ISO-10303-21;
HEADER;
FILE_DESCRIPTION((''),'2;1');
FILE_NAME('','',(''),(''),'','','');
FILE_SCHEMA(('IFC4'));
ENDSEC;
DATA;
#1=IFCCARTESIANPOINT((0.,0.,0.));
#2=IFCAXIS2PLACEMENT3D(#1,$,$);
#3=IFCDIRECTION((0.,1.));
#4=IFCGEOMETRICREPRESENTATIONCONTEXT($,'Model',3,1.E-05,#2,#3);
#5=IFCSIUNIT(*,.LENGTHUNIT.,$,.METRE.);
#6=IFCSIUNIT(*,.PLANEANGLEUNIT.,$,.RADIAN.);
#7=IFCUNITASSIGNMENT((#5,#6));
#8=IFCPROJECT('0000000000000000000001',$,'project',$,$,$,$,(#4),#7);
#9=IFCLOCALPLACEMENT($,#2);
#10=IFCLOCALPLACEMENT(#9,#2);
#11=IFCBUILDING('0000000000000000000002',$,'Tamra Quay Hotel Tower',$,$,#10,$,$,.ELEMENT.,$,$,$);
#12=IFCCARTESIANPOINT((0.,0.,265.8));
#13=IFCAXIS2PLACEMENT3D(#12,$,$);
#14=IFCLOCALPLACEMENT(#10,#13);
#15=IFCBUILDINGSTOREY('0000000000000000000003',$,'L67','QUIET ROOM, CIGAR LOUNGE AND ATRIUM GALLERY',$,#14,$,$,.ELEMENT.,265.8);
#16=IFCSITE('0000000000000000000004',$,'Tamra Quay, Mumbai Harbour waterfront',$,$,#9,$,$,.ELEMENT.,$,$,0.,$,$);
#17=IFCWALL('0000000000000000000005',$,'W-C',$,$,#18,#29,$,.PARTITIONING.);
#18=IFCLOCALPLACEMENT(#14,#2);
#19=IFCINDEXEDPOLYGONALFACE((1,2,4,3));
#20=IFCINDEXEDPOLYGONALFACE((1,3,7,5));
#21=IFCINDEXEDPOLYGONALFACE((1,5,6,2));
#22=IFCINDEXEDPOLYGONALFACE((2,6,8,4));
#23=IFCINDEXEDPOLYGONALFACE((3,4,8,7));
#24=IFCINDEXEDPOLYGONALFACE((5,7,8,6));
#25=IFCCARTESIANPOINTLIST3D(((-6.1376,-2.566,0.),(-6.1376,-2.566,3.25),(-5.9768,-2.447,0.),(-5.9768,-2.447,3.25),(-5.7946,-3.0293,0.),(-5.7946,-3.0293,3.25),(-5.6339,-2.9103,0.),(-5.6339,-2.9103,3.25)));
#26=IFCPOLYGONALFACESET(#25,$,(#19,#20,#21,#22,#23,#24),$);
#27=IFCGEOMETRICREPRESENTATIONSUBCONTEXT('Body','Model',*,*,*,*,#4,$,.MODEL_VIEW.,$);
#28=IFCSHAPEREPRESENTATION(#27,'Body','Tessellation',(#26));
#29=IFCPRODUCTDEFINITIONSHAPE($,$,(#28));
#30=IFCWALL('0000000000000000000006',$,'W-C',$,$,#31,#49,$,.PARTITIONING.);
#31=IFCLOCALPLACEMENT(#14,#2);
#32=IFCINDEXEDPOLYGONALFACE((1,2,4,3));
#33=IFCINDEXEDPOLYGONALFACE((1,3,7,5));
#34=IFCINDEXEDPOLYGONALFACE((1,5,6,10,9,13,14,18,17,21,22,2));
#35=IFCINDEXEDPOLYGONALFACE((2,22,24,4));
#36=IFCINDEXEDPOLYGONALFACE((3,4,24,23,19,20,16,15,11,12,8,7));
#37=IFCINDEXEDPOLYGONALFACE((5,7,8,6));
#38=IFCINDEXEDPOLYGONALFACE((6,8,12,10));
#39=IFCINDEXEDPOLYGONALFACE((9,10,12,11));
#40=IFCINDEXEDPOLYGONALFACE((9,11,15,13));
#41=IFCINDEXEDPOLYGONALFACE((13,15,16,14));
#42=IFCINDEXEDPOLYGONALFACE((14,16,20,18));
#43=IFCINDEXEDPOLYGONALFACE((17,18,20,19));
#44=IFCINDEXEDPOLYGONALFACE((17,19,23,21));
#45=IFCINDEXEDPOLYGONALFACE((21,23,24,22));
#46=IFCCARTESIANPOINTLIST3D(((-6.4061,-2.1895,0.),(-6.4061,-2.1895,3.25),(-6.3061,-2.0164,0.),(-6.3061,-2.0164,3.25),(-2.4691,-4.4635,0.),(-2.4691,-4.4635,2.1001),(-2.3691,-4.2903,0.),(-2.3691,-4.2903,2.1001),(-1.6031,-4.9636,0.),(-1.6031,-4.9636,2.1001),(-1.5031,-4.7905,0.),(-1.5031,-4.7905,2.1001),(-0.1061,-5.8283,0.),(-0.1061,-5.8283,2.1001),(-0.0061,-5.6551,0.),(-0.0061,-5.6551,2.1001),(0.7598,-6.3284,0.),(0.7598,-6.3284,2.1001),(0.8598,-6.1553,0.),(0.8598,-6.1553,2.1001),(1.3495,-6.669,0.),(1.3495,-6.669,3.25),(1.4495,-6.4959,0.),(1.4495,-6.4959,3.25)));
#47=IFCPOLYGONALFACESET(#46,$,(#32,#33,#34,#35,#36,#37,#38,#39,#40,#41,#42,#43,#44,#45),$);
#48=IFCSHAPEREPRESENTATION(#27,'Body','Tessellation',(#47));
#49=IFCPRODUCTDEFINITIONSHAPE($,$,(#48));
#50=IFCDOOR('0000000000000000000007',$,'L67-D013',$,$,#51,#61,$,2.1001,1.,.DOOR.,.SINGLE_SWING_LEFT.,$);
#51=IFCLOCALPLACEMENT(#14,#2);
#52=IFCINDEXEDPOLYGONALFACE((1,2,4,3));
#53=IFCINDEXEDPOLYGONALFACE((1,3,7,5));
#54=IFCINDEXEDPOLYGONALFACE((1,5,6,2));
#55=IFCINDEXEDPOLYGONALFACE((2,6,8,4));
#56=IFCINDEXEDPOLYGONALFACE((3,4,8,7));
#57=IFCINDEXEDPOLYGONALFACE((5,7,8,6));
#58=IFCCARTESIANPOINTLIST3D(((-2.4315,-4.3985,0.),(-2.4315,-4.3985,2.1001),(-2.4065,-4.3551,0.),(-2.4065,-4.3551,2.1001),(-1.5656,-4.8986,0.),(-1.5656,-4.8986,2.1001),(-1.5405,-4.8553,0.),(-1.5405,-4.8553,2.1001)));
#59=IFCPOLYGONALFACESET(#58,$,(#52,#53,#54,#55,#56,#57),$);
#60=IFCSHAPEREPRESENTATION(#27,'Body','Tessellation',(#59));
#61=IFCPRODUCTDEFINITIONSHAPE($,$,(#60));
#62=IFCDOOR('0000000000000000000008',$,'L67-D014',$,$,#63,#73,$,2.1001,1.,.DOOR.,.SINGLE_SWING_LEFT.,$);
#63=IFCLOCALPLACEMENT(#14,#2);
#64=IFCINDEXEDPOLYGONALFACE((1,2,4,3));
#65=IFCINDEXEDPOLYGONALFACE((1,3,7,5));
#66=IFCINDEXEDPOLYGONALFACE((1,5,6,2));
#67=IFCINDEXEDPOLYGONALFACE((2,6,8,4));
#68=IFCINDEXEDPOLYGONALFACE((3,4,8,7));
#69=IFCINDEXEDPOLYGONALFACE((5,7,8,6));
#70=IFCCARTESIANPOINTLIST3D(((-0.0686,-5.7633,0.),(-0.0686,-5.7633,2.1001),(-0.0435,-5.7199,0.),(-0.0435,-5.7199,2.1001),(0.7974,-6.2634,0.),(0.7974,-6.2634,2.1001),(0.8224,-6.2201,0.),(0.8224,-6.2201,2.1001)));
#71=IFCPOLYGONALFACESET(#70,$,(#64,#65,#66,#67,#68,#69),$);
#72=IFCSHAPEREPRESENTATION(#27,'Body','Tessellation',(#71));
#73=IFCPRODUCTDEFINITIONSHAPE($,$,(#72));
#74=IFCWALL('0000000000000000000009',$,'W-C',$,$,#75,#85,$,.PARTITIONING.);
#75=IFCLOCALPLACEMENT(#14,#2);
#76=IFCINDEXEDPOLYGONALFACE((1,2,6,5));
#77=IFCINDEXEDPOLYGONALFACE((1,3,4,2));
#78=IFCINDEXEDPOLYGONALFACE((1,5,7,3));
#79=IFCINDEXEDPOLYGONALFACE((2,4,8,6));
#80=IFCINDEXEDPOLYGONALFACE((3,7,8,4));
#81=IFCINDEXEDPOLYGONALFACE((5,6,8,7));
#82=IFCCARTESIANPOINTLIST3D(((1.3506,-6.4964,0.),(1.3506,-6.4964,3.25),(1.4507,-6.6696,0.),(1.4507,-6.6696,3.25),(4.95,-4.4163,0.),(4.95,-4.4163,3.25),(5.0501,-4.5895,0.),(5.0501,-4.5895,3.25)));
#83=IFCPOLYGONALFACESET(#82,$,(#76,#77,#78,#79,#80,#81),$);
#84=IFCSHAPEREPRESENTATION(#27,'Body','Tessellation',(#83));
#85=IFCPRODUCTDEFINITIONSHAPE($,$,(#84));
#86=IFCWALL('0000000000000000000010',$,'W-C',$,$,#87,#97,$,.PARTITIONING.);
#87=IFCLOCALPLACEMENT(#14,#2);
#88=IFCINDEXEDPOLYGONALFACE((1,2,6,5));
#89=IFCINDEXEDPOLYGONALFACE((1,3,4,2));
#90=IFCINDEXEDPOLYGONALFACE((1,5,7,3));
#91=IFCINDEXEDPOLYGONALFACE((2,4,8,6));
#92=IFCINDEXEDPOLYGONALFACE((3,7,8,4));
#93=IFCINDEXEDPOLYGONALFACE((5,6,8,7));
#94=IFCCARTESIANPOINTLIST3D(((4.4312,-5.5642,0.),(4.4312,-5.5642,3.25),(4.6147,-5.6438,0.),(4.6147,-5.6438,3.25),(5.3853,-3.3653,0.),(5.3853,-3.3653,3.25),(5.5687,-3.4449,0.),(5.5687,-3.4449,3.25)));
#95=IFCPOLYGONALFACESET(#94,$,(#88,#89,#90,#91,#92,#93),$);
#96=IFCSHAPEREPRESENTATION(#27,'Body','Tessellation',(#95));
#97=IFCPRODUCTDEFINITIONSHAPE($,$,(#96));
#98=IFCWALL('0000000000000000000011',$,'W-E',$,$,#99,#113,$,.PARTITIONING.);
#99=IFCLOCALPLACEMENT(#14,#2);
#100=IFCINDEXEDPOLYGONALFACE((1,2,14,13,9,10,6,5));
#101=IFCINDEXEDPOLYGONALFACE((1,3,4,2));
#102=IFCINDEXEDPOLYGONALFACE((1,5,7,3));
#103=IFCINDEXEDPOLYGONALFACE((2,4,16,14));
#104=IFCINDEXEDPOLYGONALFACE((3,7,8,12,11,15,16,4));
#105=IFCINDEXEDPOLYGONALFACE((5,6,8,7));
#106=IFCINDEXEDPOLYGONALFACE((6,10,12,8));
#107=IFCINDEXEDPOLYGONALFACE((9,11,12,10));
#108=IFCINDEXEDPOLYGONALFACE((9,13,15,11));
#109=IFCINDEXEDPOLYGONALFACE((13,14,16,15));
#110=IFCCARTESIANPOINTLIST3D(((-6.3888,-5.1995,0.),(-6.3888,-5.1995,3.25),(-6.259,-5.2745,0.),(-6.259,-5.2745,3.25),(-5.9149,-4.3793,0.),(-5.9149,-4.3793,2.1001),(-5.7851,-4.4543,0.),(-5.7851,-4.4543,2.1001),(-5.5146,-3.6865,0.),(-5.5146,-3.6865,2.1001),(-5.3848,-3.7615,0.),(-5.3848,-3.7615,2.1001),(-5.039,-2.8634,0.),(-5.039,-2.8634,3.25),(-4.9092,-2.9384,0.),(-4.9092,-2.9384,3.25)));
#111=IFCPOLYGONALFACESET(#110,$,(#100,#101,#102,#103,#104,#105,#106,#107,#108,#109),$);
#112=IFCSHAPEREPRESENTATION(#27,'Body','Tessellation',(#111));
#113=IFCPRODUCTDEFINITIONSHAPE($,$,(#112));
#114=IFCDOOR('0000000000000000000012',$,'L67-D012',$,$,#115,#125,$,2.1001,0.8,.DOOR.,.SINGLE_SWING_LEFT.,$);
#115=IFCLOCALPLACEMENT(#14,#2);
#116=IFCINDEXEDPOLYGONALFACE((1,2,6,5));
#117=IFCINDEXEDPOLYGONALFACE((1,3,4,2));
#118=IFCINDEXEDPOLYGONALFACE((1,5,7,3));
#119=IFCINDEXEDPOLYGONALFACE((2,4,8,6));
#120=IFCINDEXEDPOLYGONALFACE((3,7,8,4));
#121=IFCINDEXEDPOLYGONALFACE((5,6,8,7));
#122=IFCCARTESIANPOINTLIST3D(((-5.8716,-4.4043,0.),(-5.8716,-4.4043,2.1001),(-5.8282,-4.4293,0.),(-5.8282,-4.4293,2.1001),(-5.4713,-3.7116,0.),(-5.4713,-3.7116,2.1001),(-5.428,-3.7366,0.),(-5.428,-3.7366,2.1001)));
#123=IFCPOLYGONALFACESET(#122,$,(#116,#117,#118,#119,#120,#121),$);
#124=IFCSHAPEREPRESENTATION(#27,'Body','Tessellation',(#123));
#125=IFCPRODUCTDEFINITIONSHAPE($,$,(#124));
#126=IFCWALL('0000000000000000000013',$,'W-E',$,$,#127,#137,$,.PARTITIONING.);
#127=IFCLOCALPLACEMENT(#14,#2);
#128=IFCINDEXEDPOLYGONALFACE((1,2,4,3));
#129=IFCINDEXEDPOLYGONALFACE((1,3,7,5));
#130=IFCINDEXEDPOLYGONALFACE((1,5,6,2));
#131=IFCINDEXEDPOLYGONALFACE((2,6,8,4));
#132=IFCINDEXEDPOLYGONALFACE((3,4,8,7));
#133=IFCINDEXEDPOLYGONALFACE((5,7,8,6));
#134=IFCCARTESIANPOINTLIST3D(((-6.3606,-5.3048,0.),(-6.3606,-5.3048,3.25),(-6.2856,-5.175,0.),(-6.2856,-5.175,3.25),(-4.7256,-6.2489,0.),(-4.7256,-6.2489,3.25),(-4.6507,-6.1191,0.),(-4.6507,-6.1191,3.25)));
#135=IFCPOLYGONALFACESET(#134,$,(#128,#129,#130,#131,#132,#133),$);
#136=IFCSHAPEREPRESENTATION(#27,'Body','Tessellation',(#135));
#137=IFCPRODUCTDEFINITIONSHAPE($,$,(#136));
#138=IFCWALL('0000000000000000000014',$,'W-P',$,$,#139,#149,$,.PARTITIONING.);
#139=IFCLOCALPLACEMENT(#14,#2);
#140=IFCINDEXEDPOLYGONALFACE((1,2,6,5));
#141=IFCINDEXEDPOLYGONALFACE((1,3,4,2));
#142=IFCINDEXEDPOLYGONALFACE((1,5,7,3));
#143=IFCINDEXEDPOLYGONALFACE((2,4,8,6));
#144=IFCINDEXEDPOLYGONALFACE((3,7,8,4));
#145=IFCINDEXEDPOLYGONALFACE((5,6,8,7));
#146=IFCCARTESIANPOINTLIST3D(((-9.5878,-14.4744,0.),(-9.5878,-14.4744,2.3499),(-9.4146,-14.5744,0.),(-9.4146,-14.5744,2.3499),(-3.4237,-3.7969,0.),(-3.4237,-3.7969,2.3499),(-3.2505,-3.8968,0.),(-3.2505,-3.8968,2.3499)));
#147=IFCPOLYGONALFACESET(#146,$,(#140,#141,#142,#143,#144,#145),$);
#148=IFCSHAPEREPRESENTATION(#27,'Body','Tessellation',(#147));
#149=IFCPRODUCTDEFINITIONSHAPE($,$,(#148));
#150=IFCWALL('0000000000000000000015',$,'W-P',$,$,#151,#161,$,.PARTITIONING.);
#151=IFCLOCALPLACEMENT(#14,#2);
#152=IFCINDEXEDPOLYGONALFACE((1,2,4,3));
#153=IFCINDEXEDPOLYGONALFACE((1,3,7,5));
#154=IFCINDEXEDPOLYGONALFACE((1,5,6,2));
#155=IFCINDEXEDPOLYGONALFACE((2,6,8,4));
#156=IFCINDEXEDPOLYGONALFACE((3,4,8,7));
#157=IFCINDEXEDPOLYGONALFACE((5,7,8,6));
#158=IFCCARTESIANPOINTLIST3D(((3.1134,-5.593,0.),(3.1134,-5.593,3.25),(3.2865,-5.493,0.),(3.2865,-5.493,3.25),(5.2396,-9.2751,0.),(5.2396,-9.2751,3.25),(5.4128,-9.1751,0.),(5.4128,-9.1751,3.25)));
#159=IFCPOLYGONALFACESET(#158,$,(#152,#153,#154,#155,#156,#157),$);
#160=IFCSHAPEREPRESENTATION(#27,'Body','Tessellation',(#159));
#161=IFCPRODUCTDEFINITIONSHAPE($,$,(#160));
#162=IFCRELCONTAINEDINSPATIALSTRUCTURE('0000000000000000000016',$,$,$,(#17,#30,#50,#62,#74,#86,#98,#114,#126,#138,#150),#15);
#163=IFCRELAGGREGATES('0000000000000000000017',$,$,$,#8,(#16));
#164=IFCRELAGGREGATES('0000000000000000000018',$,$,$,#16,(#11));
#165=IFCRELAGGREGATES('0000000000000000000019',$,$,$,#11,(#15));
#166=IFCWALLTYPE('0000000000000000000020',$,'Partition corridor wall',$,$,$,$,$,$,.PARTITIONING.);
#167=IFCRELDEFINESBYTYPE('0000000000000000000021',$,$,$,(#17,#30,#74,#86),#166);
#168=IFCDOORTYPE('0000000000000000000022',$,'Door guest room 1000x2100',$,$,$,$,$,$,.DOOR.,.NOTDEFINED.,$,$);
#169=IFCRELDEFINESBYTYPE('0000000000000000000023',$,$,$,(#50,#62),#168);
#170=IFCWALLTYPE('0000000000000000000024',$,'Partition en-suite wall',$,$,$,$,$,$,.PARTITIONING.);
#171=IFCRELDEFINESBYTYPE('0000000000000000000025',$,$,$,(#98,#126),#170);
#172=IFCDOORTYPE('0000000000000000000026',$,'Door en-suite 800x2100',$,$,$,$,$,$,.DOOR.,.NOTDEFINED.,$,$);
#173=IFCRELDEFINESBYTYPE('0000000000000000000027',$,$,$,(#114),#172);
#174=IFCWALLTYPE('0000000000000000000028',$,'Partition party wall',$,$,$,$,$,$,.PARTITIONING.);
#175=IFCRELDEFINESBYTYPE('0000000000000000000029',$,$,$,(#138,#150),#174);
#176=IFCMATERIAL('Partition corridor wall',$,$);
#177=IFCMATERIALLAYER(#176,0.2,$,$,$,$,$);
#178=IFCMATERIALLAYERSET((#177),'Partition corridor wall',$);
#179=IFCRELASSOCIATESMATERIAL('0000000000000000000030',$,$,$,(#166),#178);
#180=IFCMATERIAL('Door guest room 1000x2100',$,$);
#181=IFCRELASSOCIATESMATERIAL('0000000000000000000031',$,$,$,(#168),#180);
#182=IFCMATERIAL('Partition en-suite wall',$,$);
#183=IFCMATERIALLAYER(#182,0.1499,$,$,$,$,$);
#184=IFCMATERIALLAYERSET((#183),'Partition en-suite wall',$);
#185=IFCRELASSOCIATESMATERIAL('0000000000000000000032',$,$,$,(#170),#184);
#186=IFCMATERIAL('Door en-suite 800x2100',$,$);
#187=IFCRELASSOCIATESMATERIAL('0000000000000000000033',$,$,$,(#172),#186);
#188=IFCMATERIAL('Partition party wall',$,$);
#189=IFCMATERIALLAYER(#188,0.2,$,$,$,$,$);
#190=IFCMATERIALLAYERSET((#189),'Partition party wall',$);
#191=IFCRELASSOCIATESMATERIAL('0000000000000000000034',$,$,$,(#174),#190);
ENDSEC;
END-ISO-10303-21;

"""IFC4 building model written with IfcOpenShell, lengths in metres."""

from ifc_helpers import new_model, si_unit, direction, frame, frame_2d, origin, place, context, subcontext, project, spatial, rectangle, extrude, material, layer, layer_set, type_object, element, fill, save


model = new_model("IFC4")

# Units and contexts
model_context = context("Model", 3, precision=1e-05, world=origin(), true_north=direction((0.0, 1.0)))
body_context = subcontext(model_context, "Body", "Model", "MODEL_VIEW")
ifc_project = project(units=[si_unit("LENGTHUNIT", "METRE"), si_unit("PLANEANGLEUNIT", "RADIAN")], contexts=[model_context])

# Site, building, storey
site_placement = place(None, origin())
site = spatial("IfcSite", under=ifc_project, at=site_placement, Name="Tamra Quay, Mumbai Harbour waterfront", CompositionType="ELEMENT", RefElevation=0.0)
building_placement = place(site_placement, origin())
building = spatial("IfcBuilding", under=site, at=building_placement, Name="Tamra Quay Hotel Tower", CompositionType="ELEMENT")
storey_placement = place(building_placement, frame((0.0, 0.0, 265.8)))
storey = spatial("IfcBuildingStorey", under=building, at=storey_placement, Name="L67", Description="QUIET ROOM, CIGAR LOUNGE AND ATRIUM GALLERY", CompositionType="ELEMENT", Elevation=265.8)

# Shared definitions
ifc_material_1 = material(Name="Partition corridor wall")
ifc_layer_1 = layer(ifc_material_1, 0.2)
ifc_layer_set_1 = layer_set([ifc_layer_1], Name="Partition corridor wall")
wall_type_1 = type_object("IfcWallType", Name="Partition corridor wall", PredefinedType="PARTITIONING", material=ifc_layer_set_1)

# Wall
wall_1_placement = place(storey_placement, frame((-6.0571, -2.5066, 0.0), z_axis=(0.0, 0.0, 1.0), x_axis=(0.594974, -0.803745, 0.0)))
element("IfcWall", 1, at=wall_1_placement, inside=storey, type_object=wall_type_1, Name="W-C", PredefinedType="PARTITIONING", context=body_context, shape_type="SweptSolid", body=[
    extrude(rectangle(XDim=0.5764, YDim=0.2, at=frame_2d((0.2881, 0.0))), origin(), (0.0, 0.0, 1.0), 3.25),
])

# Wall, openings, doors
wall_2_placement = place(storey_placement, frame((-6.356, -2.103, 0.0), z_axis=(0.0, 0.0, 1.0), x_axis=(0.865939, -0.50015, 0.0)))
wall_2 = element("IfcWall", 2, at=wall_2_placement, inside=storey, type_object=wall_type_1, Name="W-C", PredefinedType="PARTITIONING", context=body_context, shape_type="SweptSolid", body=[
    extrude(rectangle(XDim=8.9563, YDim=0.2, at=frame_2d((4.478, 0.0))), origin(), (0.0, 0.0, 1.0), 3.25),
])
opening_1_placement = place(wall_2_placement, frame((4.5464, 0.0, 0.0)))
opening_1 = element("IfcOpeningElement", 3, at=opening_1_placement, cuts=wall_2, PredefinedType="OPENING", context=body_context, shape_type="SweptSolid", body=[
    extrude(rectangle(XDim=1.0, YDim=2.1001, at=frame_2d((0.5, 1.05))), frame((0.0, 0.1099, 0.0), z_axis=(0.0, -1.0, 0.0), x_axis=(1.0, 0.0, 0.0)), (0.0, 0.0, 1.0), 0.22),
])
opening_2_placement = place(wall_2_placement, frame((7.2751, 0.0, 0.0)))
opening_2 = element("IfcOpeningElement", 4, at=opening_2_placement, cuts=wall_2, PredefinedType="OPENING", context=body_context, shape_type="SweptSolid", body=[
    extrude(rectangle(XDim=1.0, YDim=2.1001, at=frame_2d((0.5, 1.05))), frame((0.0, 0.1099, 0.0), z_axis=(0.0, -1.0, 0.0), x_axis=(1.0, 0.0, 0.0)), (0.0, 0.0, 1.0), 0.22),
])
ifc_material_2 = material(Name="Door guest room 1000x2100")
door_type_1 = type_object("IfcDoorType", Name="Door guest room 1000x2100", OperationType="NOTDEFINED", PredefinedType="DOOR", material=ifc_material_2)
door_1_placement = place(opening_1_placement, frame((1.0, 0.0, 0.0), z_axis=(0.0, 0.0, 1.0), x_axis=(-1.0, 0.0, 0.0)))
door_1 = element("IfcDoor", 5, at=door_1_placement, inside=storey, type_object=door_type_1, Name="L67-D013", OperationType="SINGLE_SWING_LEFT", OverallHeight=2.1001, OverallWidth=1.0, PredefinedType="DOOR", context=body_context, shape_type="SweptSolid", body=[
    extrude(rectangle(XDim=1.0, YDim=2.1001, at=frame_2d((0.5, 1.05))), frame((0.0, 0.0249, 0.0), z_axis=(0.0, -1.0, 0.0), x_axis=(1.0, 0.0, 0.0)), (0.0, 0.0, 1.0), 0.05),
])
fill(opening_1, door_1)
door_2_placement = place(opening_2_placement, frame((1.0, 0.0, 0.0), z_axis=(0.0, 0.0, 1.0), x_axis=(-1.0, 0.0, 0.0)))
door_2 = element("IfcDoor", 6, at=door_2_placement, inside=storey, type_object=door_type_1, Name="L67-D014", OperationType="SINGLE_SWING_LEFT", OverallHeight=2.1001, OverallWidth=1.0, PredefinedType="DOOR", context=body_context, shape_type="SweptSolid", body=[
    extrude(rectangle(XDim=1.0, YDim=2.1001, at=frame_2d((0.5, 1.05))), frame((0.0, 0.0249, 0.0), z_axis=(0.0, -1.0, 0.0), x_axis=(1.0, 0.0, 0.0)), (0.0, 0.0, 1.0), 0.05),
])
fill(opening_2, door_2)

# Walls
wall_3_placement = place(storey_placement, frame((1.4006, -6.583, 0.0), z_axis=(0.0, 0.0, 1.0), x_axis=(0.865819, 0.500358, 0.0)))
element("IfcWall", 7, at=wall_3_placement, inside=storey, type_object=wall_type_1, Name="W-C", PredefinedType="PARTITIONING", context=body_context, shape_type="SweptSolid", body=[
    extrude(rectangle(XDim=4.1572, YDim=0.2, at=frame_2d((2.0786, 0.0))), origin(), (0.0, 0.0, 1.0), 3.25),
])
wall_4_placement = place(storey_placement, frame((4.5229, -5.604, 0.0), z_axis=(0.0, 0.0, 1.0), x_axis=(0.398033, 0.917371, 0.0)))
element("IfcWall", 8, at=wall_4_placement, inside=storey, type_object=wall_type_1, Name="W-C", PredefinedType="PARTITIONING", context=body_context, shape_type="SweptSolid", body=[
    extrude(rectangle(XDim=2.397, YDim=0.2, at=frame_2d((1.1985, 0.0))), origin(), (0.0, 0.0, 1.0), 3.25),
])

# Wall, opening, door
ifc_material_3 = material(Name="Partition en-suite wall")
ifc_layer_2 = layer(ifc_material_3, 0.1499)
ifc_layer_set_2 = layer_set([ifc_layer_2], Name="Partition en-suite wall")
wall_type_2 = type_object("IfcWallType", Name="Partition en-suite wall", PredefinedType="PARTITIONING", material=ifc_layer_set_2)
wall_5_placement = place(storey_placement, frame((-6.324, -5.2371, 0.0), z_axis=(0.0, 0.0, 1.0), x_axis=(0.500294, 0.865855, 0.0)))
wall_5 = element("IfcWall", 9, at=wall_5_placement, inside=storey, type_object=wall_type_2, Name="W-E", PredefinedType="PARTITIONING", context=body_context, shape_type="SweptSolid", body=[
    extrude(rectangle(XDim=2.698, YDim=0.1499, at=frame_2d((1.3491, 0.0))), origin(), (0.0, 0.0, 1.0), 3.25),
])
opening_3_placement = place(wall_5_placement, frame((0.9475, 0.0, 0.0)))
opening_3 = element("IfcOpeningElement", 10, at=opening_3_placement, cuts=wall_5, PredefinedType="OPENING", context=body_context, shape_type="SweptSolid", body=[
    extrude(rectangle(XDim=0.8, YDim=2.1001, at=frame_2d((0.3999, 1.05))), frame((0.0, 0.085, 0.0), z_axis=(0.0, -1.0, 0.0), x_axis=(1.0, 0.0, 0.0)), (0.0, 0.0, 1.0), 0.1699),
])
ifc_material_4 = material(Name="Door en-suite 800x2100")
door_type_2 = type_object("IfcDoorType", Name="Door en-suite 800x2100", OperationType="NOTDEFINED", PredefinedType="DOOR", material=ifc_material_4)
door_3_placement = place(opening_3_placement, origin())
door_3 = element("IfcDoor", 11, at=door_3_placement, inside=storey, type_object=door_type_2, Name="L67-D012", OperationType="SINGLE_SWING_LEFT", OverallHeight=2.1001, OverallWidth=0.8, PredefinedType="DOOR", context=body_context, shape_type="SweptSolid", body=[
    extrude(rectangle(XDim=0.8, YDim=2.1001, at=frame_2d((0.3999, 1.05))), frame((0.0, 0.0249, 0.0), z_axis=(0.0, -1.0, 0.0), x_axis=(1.0, 0.0, 0.0)), (0.0, 0.0, 1.0), 0.05),
])
fill(opening_3, door_3)

# Walls
wall_6_placement = place(storey_placement, frame((-6.323, -5.24, 0.0), z_axis=(0.0, 0.0, 1.0), x_axis=(0.865998, -0.500047, 0.0)))
element("IfcWall", 12, at=wall_6_placement, inside=storey, type_object=wall_type_2, Name="W-E", PredefinedType="PARTITIONING", context=body_context, shape_type="SweptSolid", body=[
    extrude(rectangle(XDim=1.8879, YDim=0.1499, at=frame_2d((0.9438, 0.0))), origin(), (0.0, 0.0, 1.0), 3.25),
])
ifc_material_5 = material(Name="Partition party wall")
ifc_layer_3 = layer(ifc_material_5, 0.2)
ifc_layer_set_3 = layer_set([ifc_layer_3], Name="Partition party wall")
wall_type_3 = type_object("IfcWallType", Name="Partition party wall", PredefinedType="PARTITIONING", material=ifc_layer_set_3)
wall_7_placement = place(storey_placement, frame((-9.5012, -14.5244, 0.0), z_axis=(0.0, 0.0, 1.0), x_axis=(0.499964, 0.866046, 0.0)))
element("IfcWall", 13, at=wall_7_placement, inside=storey, type_object=wall_type_3, Name="W-P", PredefinedType="PARTITIONING", context=body_context, shape_type="SweptSolid", body=[
    extrude(rectangle(XDim=12.3291, YDim=0.2, at=frame_2d((6.1646, 0.0))), origin(), (0.0, 0.0, 1.0), 2.3499),
])
wall_8_placement = place(storey_placement, frame((3.2, -5.543, 0.0), z_axis=(0.0, 0.0, 1.0), x_axis=(0.50006, -0.865991, 0.0)))
element("IfcWall", 14, at=wall_8_placement, inside=storey, type_object=wall_type_3, Name="W-P", PredefinedType="PARTITIONING", context=body_context, shape_type="SweptSolid", body=[
    extrude(rectangle(XDim=4.252, YDim=0.2, at=frame_2d((2.126, 0.0))), origin(), (0.0, 0.0, 1.0), 3.25),
])

save(model, "model.ifc")
